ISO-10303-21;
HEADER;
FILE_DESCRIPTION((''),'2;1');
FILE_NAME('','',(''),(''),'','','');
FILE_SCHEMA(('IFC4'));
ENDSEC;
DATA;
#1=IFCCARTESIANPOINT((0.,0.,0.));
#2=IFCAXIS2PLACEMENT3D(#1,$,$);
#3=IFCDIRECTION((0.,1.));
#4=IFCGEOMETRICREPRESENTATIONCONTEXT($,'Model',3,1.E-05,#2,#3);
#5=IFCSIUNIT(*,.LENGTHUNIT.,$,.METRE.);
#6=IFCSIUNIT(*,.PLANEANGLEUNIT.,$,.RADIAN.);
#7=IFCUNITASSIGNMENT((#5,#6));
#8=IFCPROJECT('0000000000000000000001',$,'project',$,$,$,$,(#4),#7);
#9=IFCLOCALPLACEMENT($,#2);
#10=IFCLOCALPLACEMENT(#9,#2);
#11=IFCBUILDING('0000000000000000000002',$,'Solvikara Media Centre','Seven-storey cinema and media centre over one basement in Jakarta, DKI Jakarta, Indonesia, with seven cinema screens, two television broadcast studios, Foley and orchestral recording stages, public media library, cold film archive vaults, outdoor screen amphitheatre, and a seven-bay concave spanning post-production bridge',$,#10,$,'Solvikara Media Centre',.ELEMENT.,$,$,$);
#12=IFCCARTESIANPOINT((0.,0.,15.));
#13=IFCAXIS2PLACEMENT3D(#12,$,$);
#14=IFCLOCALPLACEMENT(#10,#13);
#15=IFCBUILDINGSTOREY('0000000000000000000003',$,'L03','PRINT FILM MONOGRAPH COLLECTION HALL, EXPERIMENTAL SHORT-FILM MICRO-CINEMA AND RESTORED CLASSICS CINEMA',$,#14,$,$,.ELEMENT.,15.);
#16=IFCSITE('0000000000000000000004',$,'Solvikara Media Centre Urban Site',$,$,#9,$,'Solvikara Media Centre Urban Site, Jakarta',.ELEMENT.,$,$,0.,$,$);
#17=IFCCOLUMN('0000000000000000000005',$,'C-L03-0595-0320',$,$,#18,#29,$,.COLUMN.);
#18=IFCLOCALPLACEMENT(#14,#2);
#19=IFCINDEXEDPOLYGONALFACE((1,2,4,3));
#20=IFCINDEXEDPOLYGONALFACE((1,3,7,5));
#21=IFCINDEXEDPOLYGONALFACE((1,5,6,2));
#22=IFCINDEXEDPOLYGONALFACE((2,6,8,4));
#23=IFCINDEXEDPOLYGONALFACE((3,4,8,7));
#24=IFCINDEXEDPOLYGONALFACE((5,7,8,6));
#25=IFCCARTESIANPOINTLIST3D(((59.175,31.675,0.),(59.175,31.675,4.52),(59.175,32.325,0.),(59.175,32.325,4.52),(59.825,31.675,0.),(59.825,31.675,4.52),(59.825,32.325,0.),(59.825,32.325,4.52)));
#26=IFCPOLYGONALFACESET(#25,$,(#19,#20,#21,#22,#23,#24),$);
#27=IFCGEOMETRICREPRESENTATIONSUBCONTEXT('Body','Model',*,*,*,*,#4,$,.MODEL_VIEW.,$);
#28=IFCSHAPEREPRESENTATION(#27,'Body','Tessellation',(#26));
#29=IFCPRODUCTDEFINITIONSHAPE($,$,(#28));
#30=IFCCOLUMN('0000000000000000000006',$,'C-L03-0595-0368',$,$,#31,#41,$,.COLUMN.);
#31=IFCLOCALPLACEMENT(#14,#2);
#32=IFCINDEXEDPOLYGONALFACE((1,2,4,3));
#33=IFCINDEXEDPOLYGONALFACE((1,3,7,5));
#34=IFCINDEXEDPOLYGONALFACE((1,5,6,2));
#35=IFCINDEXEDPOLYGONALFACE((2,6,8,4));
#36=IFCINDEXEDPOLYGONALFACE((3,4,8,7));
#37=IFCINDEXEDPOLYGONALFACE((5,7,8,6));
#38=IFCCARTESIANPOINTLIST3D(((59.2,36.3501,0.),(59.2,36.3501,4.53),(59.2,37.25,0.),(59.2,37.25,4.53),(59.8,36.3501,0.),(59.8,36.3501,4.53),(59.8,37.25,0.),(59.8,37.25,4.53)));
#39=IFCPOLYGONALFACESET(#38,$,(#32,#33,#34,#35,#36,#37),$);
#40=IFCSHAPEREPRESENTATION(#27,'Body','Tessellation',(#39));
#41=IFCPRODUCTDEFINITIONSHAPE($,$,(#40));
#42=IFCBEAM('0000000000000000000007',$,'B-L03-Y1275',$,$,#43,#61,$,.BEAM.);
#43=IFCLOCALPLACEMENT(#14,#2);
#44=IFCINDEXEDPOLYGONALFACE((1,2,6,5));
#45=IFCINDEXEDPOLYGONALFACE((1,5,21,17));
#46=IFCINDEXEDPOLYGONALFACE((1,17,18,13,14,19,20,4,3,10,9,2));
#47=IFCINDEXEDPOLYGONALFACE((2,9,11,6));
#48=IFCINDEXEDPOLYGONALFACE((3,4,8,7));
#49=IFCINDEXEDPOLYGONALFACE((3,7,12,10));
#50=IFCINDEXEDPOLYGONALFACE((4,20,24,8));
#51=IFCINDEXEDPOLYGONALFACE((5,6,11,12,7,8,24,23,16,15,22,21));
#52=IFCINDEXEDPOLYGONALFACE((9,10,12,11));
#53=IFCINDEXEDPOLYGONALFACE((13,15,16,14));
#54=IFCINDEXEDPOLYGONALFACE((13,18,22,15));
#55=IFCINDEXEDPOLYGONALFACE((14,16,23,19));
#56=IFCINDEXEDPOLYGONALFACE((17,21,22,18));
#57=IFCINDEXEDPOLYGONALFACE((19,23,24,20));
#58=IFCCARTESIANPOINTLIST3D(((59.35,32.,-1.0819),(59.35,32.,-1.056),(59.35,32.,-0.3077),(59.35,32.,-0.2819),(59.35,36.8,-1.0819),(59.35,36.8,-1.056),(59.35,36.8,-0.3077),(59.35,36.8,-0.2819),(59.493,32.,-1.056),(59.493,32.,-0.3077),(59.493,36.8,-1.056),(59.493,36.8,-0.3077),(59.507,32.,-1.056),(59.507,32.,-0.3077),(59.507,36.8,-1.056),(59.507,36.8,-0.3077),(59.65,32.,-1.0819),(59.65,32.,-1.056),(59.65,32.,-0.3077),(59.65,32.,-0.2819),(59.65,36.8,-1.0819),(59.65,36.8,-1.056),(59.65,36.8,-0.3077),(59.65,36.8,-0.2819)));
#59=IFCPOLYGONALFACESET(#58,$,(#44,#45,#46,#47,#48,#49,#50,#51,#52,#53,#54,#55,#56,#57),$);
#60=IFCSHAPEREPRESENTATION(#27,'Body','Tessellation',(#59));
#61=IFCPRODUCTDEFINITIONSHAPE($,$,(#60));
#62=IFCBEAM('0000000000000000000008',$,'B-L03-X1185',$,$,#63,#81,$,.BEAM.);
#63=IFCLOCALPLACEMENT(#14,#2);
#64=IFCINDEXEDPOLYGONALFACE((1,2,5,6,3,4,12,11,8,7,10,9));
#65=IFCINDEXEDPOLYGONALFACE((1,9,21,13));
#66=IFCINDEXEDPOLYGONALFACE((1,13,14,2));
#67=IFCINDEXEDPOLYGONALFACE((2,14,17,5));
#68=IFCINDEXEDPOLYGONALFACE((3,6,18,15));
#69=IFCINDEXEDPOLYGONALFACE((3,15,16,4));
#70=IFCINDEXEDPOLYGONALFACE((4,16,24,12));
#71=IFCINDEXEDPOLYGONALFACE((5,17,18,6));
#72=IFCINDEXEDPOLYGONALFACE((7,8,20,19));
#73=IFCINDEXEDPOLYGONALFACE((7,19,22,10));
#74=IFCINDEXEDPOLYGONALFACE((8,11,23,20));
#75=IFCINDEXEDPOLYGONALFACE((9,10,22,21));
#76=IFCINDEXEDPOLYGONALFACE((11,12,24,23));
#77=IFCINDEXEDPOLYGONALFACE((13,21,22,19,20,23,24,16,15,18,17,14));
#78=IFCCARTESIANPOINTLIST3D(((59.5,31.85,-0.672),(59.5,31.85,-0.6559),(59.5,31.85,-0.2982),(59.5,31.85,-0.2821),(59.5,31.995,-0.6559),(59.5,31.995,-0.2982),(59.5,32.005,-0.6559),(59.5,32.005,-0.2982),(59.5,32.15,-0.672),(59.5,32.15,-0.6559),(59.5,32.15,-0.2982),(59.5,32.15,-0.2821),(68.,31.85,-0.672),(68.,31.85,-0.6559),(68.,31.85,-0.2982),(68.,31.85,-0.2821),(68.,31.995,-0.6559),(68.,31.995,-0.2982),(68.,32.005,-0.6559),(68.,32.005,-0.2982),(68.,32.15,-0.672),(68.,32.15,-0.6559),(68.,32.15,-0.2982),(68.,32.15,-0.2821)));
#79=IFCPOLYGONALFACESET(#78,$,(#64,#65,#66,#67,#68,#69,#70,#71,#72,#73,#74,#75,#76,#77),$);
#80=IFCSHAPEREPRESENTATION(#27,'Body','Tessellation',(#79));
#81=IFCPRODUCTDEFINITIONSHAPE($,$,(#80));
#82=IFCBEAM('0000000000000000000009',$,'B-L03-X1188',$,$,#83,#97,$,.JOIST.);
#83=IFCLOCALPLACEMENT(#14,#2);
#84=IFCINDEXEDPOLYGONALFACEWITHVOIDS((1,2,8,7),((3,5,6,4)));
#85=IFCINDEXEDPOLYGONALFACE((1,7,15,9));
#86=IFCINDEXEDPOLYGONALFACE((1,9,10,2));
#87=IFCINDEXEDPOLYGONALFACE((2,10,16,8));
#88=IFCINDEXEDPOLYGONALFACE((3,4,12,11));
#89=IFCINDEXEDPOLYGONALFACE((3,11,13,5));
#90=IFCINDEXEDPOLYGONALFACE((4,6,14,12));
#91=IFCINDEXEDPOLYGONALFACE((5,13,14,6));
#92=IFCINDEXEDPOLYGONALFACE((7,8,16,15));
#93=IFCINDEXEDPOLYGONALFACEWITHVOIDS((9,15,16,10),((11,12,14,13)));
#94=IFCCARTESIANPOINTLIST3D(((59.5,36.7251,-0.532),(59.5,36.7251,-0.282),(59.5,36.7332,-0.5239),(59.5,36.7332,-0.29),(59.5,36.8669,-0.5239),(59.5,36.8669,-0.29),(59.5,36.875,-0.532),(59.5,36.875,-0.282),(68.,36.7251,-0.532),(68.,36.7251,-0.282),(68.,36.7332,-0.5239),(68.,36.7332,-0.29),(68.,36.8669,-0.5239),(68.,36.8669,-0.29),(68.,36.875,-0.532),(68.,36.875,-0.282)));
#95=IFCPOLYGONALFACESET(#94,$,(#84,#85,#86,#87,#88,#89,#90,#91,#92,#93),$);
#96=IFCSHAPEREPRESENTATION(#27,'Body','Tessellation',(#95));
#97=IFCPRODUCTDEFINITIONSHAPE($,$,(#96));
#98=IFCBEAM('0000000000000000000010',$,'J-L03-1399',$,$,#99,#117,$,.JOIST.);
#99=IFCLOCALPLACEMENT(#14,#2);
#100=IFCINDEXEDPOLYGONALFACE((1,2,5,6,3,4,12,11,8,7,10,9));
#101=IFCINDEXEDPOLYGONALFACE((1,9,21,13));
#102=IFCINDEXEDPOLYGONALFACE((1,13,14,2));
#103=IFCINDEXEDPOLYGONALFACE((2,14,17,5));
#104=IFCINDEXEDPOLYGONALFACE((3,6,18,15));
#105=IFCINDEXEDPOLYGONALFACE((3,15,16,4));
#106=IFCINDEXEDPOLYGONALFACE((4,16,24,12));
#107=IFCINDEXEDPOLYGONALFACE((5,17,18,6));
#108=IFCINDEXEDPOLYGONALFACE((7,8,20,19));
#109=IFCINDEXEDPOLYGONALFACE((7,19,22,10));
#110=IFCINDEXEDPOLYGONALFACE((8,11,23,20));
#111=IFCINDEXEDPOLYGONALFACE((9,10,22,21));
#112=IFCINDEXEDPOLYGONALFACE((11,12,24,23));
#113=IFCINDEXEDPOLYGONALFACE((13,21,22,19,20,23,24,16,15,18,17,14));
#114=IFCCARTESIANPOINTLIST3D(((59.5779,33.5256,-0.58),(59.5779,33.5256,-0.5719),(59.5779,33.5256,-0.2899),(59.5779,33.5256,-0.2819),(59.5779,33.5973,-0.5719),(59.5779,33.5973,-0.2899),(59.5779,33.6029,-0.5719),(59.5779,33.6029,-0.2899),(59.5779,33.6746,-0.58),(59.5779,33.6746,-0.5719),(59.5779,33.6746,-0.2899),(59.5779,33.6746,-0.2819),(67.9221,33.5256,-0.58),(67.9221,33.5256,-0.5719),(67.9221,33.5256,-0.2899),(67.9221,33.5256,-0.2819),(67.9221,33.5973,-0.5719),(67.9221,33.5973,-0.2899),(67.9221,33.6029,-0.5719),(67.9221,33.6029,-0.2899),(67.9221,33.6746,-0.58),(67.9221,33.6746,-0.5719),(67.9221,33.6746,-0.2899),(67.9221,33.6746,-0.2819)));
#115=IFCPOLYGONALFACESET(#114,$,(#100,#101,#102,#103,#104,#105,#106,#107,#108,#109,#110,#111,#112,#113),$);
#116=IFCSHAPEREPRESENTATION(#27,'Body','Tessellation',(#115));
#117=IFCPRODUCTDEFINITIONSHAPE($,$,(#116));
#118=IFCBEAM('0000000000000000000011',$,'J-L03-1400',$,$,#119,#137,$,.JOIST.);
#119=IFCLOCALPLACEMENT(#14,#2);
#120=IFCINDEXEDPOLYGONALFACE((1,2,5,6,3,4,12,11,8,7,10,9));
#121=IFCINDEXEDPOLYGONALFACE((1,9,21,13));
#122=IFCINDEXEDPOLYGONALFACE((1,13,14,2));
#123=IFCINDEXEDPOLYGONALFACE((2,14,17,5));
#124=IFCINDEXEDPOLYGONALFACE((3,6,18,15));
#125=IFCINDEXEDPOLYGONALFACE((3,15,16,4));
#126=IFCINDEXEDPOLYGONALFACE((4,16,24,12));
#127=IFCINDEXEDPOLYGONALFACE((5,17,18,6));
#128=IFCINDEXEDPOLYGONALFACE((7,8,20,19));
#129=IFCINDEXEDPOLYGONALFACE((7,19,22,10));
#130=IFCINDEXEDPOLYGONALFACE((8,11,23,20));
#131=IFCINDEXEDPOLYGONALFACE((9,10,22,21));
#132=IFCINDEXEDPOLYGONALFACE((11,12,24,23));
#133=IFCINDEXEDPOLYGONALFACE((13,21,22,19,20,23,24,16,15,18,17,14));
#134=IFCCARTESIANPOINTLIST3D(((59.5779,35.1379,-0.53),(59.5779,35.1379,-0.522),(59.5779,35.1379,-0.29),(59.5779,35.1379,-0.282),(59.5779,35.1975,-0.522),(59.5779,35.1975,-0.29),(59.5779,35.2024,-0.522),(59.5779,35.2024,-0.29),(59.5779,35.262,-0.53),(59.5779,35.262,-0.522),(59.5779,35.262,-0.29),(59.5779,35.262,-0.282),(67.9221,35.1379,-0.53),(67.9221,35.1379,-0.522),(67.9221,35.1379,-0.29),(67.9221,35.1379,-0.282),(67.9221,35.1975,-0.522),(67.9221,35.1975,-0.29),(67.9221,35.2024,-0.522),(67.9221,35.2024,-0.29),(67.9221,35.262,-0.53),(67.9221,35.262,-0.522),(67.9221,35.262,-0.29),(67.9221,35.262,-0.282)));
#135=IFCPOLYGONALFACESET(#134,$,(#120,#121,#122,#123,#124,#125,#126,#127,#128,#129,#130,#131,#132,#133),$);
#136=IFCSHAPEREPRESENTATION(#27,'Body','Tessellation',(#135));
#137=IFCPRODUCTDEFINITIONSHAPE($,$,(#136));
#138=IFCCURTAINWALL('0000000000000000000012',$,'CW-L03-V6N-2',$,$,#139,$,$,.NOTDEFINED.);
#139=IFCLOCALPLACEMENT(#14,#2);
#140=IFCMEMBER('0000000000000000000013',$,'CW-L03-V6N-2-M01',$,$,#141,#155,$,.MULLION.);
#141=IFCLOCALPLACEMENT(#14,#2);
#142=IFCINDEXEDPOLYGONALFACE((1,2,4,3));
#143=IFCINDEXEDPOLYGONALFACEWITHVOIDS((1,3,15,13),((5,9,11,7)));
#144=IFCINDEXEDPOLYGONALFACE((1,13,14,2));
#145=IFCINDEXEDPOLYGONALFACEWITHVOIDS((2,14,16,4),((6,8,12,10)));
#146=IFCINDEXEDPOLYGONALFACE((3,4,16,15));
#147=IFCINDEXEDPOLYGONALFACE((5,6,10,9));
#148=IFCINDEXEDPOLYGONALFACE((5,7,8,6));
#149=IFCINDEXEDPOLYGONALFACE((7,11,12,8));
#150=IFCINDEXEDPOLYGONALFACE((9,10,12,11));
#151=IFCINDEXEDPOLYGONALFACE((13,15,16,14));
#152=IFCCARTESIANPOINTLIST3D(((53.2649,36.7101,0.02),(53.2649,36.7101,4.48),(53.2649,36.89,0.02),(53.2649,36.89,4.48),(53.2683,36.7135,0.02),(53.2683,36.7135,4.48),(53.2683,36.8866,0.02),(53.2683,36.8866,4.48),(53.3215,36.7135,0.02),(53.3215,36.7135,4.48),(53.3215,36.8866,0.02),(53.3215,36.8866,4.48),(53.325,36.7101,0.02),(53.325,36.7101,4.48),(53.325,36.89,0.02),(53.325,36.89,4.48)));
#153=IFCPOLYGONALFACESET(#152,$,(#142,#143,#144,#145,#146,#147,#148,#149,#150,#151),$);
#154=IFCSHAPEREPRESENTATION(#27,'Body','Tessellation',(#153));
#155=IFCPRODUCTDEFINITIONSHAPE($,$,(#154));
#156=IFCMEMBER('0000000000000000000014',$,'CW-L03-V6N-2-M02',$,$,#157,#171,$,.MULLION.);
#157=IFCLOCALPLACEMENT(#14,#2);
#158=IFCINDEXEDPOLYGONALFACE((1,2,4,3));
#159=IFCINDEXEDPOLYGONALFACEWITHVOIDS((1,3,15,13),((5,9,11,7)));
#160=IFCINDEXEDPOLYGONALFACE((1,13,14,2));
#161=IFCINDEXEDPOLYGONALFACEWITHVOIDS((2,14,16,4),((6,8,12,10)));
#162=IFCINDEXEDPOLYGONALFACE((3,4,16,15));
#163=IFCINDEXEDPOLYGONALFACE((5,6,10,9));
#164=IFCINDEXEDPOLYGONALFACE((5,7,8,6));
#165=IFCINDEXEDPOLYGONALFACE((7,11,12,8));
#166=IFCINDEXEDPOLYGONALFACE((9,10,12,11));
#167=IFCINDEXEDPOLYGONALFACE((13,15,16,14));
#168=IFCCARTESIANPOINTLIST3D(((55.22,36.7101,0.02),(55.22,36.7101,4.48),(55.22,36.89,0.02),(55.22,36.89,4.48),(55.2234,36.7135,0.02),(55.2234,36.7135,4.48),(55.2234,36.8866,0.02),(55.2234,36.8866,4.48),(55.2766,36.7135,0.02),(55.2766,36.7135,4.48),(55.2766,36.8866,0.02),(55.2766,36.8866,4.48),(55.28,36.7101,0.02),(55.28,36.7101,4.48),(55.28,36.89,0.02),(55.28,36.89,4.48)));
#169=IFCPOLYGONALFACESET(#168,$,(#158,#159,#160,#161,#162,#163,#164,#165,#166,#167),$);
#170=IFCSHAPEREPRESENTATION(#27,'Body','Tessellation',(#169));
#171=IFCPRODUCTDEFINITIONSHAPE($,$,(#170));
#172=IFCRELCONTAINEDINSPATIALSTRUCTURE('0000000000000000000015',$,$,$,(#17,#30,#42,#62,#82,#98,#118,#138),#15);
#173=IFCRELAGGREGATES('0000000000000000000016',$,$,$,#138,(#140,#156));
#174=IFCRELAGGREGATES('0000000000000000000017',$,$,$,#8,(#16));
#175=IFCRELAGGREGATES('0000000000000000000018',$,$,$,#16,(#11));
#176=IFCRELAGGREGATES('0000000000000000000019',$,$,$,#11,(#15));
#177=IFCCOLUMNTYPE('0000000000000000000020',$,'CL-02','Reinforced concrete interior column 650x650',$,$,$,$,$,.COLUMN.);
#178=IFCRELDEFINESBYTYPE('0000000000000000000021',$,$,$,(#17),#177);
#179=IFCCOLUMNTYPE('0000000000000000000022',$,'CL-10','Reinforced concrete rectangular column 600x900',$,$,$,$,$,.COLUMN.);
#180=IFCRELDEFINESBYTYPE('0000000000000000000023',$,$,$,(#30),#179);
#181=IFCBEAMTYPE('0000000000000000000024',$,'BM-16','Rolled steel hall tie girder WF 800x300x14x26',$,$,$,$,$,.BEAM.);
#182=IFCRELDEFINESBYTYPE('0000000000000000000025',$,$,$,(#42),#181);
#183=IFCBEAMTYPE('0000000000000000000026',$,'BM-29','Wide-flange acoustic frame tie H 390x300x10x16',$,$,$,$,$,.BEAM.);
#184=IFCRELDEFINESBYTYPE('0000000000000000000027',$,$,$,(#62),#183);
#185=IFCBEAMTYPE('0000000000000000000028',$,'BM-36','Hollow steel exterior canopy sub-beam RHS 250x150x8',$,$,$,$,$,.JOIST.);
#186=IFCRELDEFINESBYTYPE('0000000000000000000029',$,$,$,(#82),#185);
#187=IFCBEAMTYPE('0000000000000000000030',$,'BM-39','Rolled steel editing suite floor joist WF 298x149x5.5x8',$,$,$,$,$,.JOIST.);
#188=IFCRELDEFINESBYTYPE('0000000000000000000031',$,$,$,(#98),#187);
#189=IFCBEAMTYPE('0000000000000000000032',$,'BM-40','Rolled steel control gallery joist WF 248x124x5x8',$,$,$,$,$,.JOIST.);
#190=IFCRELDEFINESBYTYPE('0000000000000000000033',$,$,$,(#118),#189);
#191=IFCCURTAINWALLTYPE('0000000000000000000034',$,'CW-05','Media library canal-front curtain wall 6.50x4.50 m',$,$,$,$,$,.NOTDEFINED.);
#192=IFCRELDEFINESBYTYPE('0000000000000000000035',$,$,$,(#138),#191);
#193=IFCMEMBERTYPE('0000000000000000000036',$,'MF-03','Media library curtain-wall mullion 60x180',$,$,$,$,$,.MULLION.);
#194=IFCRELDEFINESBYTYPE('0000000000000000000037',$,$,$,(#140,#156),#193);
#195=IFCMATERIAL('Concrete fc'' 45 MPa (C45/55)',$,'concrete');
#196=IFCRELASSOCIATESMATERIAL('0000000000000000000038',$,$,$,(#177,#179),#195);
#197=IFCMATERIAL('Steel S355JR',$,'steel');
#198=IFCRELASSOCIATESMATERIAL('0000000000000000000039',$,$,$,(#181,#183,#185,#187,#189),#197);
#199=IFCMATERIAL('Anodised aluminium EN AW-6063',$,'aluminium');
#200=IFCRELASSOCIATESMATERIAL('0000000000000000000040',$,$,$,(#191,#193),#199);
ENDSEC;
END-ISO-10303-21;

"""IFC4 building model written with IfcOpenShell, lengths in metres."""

from ifc_helpers import new_model, si_unit, direction, frame, origin, origin_2d, place, context, subcontext, project, spatial, rectangle, hollow_rectangle, i_section, extrude, material, material_profile, profile_set, type_object, element, aggregate, save


model = new_model("IFC4")

# Units and contexts
model_context = context("Model", 3, precision=1e-05, world=origin(), true_north=direction((0.0, 1.0)))
body_context = subcontext(model_context, "Body", "Model", "MODEL_VIEW")
ifc_project = project(units=[si_unit("LENGTHUNIT", "METRE"), si_unit("PLANEANGLEUNIT", "RADIAN")], contexts=[model_context])

# Site, building, storey
site_placement = place(None, origin())
site = spatial("IfcSite", under=ifc_project, at=site_placement, Name="Solvikara Media Centre Urban Site", LongName="Solvikara Media Centre Urban Site, Jakarta", CompositionType="ELEMENT", RefElevation=0.0)
building_placement = place(site_placement, origin())
building = spatial("IfcBuilding", under=site, at=building_placement, Name="Solvikara Media Centre", Description="Seven-storey cinema and media centre over one basement in Jakarta, DKI Jakarta, Indonesia, with seven cinema screens, two television broadcast studios, Foley and orchestral recording stages, public media library, cold film archive vaults, outdoor screen amphitheatre, and a seven-bay concave spanning post-production bridge", LongName="Solvikara Media Centre", CompositionType="ELEMENT")
storey_placement = place(building_placement, frame((0.0, 0.0, 15.0)))
storey = spatial("IfcBuildingStorey", under=building, at=storey_placement, Name="L03", Description="PRINT FILM MONOGRAPH COLLECTION HALL, EXPERIMENTAL SHORT-FILM MICRO-CINEMA AND RESTORED CLASSICS CINEMA", CompositionType="ELEMENT", Elevation=15.0)

# Columns
ifc_material_1 = material(Name="Concrete fc' 45 MPa (C45/55)", Category="concrete")
ifc_material_profile_1 = material_profile(ifc_material_1, rectangle(XDim=0.6499, YDim=0.6499, at=origin_2d()), Name="RC 650x650")
ifc_profile_set_1 = profile_set([ifc_material_profile_1], Name="Concrete fc' 45 MPa (C45/55)")
column_type_1 = type_object("IfcColumnType", Name="CL-02", Description="Reinforced concrete interior column 650x650", PredefinedType="COLUMN", material=ifc_profile_set_1)
column_1_placement = place(storey_placement, frame((59.5, 32.0, 0.0), z_axis=(0.0, 0.0, 1.0), x_axis=(1.0, 0.0, 0.0)))
element("IfcColumn", 1, at=column_1_placement, inside=storey, type_object=column_type_1, Name="C-L03-0595-0320", PredefinedType="COLUMN", context=body_context, shape_type="SweptSolid", body=[
    extrude(rectangle(XDim=0.6499, YDim=0.6499, at=origin_2d()), origin(), (0.0, 0.0, 1.0), 4.52),
])
ifc_material_profile_2 = material_profile(ifc_material_1, rectangle(XDim=0.6001, YDim=0.8999, at=origin_2d()), Name="RC 600x900")
ifc_profile_set_2 = profile_set([ifc_material_profile_2], Name="Concrete fc' 45 MPa (C45/55)")
column_type_2 = type_object("IfcColumnType", Name="CL-10", Description="Reinforced concrete rectangular column 600x900", PredefinedType="COLUMN", material=ifc_profile_set_2)
column_2_placement = place(storey_placement, frame((59.5, 36.8, 0.0), z_axis=(0.0, 0.0, 1.0), x_axis=(1.0, 0.0, 0.0)))
element("IfcColumn", 2, at=column_2_placement, inside=storey, type_object=column_type_2, Name="C-L03-0595-0368", PredefinedType="COLUMN", context=body_context, shape_type="SweptSolid", body=[
    extrude(rectangle(XDim=0.6001, YDim=0.8999, at=origin_2d()), origin(), (0.0, 0.0, 1.0), 4.53),
])

# Beams
ifc_material_2 = material(Name="Steel S355JR", Category="steel")
ifc_material_profile_3 = material_profile(ifc_material_2, i_section(OverallWidth=0.3, OverallDepth=0.8, WebThickness=0.0139, FlangeThickness=0.0259, at=origin_2d()), Name="WF 800x300x14x26")
ifc_profile_set_3 = profile_set([ifc_material_profile_3], Name="Steel S355JR")
beam_type_1 = type_object("IfcBeamType", Name="BM-16", Description="Rolled steel hall tie girder WF 800x300x14x26", PredefinedType="BEAM", material=ifc_profile_set_3)
beam_1_placement = place(storey_placement, frame((59.5, 32.0, -0.6819), z_axis=(0.0, 1.0, 0.0), x_axis=(-1.0, 0.0, 0.0)))
element("IfcBeam", 3, at=beam_1_placement, inside=storey, type_object=beam_type_1, Name="B-L03-Y1275", PredefinedType="BEAM", context=body_context, shape_type="SweptSolid", body=[
    extrude(i_section(OverallWidth=0.3, OverallDepth=0.8, WebThickness=0.0139, FlangeThickness=0.0259, at=origin_2d()), origin(), (0.0, 0.0, 1.0), 4.8),
])
ifc_material_profile_4 = material_profile(ifc_material_2, i_section(OverallWidth=0.3, OverallDepth=0.3899, WebThickness=0.01, FlangeThickness=0.0161, at=origin_2d()), Name="H 390x300x10x16")
ifc_profile_set_4 = profile_set([ifc_material_profile_4], Name="Steel S355JR")
beam_type_2 = type_object("IfcBeamType", Name="BM-29", Description="Wide-flange acoustic frame tie H 390x300x10x16", PredefinedType="BEAM", material=ifc_profile_set_4)
beam_2_placement = place(storey_placement, frame((59.5, 32.0, -0.4771), z_axis=(1.0, 0.0, 0.0), x_axis=(0.0, 1.0, 0.0)))
element("IfcBeam", 4, at=beam_2_placement, inside=storey, type_object=beam_type_2, Name="B-L03-X1185", PredefinedType="BEAM", context=body_context, shape_type="SweptSolid", body=[
    extrude(i_section(OverallWidth=0.3, OverallDepth=0.3899, WebThickness=0.01, FlangeThickness=0.0161, at=origin_2d()), origin(), (0.0, 0.0, 1.0), 8.5),
])
ifc_material_profile_5 = material_profile(ifc_material_2, hollow_rectangle(XDim=0.1499, YDim=0.25, WallThickness=0.0081, at=origin_2d()), Name="RHS 250x150x8")
ifc_profile_set_5 = profile_set([ifc_material_profile_5], Name="Steel S355JR")
beam_type_3 = type_object("IfcBeamType", Name="BM-36", Description="Hollow steel exterior canopy sub-beam RHS 250x150x8", PredefinedType="JOIST", material=ifc_profile_set_5)
beam_3_placement = place(storey_placement, frame((59.5, 36.8, -0.407), z_axis=(1.0, 0.0, 0.0), x_axis=(0.0, 1.0, 0.0)))
element("IfcBeam", 5, at=beam_3_placement, inside=storey, type_object=beam_type_3, Name="B-L03-X1188", PredefinedType="JOIST", context=body_context, shape_type="SweptSolid", body=[
    extrude(hollow_rectangle(XDim=0.1499, YDim=0.25, WallThickness=0.0081, at=origin_2d()), origin(), (0.0, 0.0, 1.0), 8.5),
])
ifc_material_profile_6 = material_profile(ifc_material_2, i_section(OverallWidth=0.1489, OverallDepth=0.2981, WebThickness=0.0056, FlangeThickness=0.0081, at=origin_2d()), Name="WF 298x149x5.5x8")
ifc_profile_set_6 = profile_set([ifc_material_profile_6], Name="Steel S355JR")
beam_type_4 = type_object("IfcBeamType", Name="BM-39", Description="Rolled steel editing suite floor joist WF 298x149x5.5x8", PredefinedType="JOIST", material=ifc_profile_set_6)
beam_4_placement = place(storey_placement, frame((59.5779, 33.6001, -0.4309), z_axis=(1.0, 0.0, 0.0), x_axis=(0.0, 1.0, 0.0)))
element("IfcBeam", 6, at=beam_4_placement, inside=storey, type_object=beam_type_4, Name="J-L03-1399", PredefinedType="JOIST", context=body_context, shape_type="SweptSolid", body=[
    extrude(i_section(OverallWidth=0.1489, OverallDepth=0.2981, WebThickness=0.0056, FlangeThickness=0.0081, at=origin_2d()), origin(), (0.0, 0.0, 1.0), 8.3442),
])
ifc_material_profile_7 = material_profile(ifc_material_2, i_section(OverallWidth=0.124, OverallDepth=0.248, WebThickness=0.0049, FlangeThickness=0.0081, at=origin_2d()), Name="WF 248x124x5x8")
ifc_profile_set_7 = profile_set([ifc_material_profile_7], Name="Steel S355JR")
beam_type_5 = type_object("IfcBeamType", Name="BM-40", Description="Rolled steel control gallery joist WF 248x124x5x8", PredefinedType="JOIST", material=ifc_profile_set_7)
beam_5_placement = place(storey_placement, frame((59.5779, 35.2, -0.406), z_axis=(1.0, 0.0, 0.0), x_axis=(0.0, 1.0, 0.0)))
element("IfcBeam", 7, at=beam_5_placement, inside=storey, type_object=beam_type_5, Name="J-L03-1400", PredefinedType="JOIST", context=body_context, shape_type="SweptSolid", body=[
    extrude(i_section(OverallWidth=0.124, OverallDepth=0.248, WebThickness=0.0049, FlangeThickness=0.0081, at=origin_2d()), origin(), (0.0, 0.0, 1.0), 8.3442),
])

# Curtain wall, members
ifc_material_3 = material(Name="Anodised aluminium EN AW-6063", Category="aluminium")
curtain_wall_type = type_object("IfcCurtainWallType", Name="CW-05", Description="Media library canal-front curtain wall 6.50x4.50 m", PredefinedType="NOTDEFINED", material=ifc_material_3)
curtain_wall_1_placement = place(storey_placement, origin())
curtain_wall_1 = element("IfcCurtainWall", 8, at=curtain_wall_1_placement, inside=storey, type_object=curtain_wall_type, Name="CW-L03-V6N-2", PredefinedType="NOTDEFINED")
ifc_material_profile_8 = material_profile(ifc_material_3, hollow_rectangle(XDim=0.0601, YDim=0.1799, WallThickness=0.0034, at=origin_2d()), Name="ALU-M 60x180x3.5")
ifc_profile_set_8 = profile_set([ifc_material_profile_8], Name="Anodised aluminium EN AW-6063")
member_type_1 = type_object("IfcMemberType", Name="MF-03", Description="Media library curtain-wall mullion 60x180", PredefinedType="MULLION", material=ifc_profile_set_8)
member_1_placement = place(storey_placement, frame((53.2949, 36.8, 0.02), z_axis=(0.0, 0.0, 1.0), x_axis=(1.0, 0.0, 0.0)))
member_1 = element("IfcMember", 9, at=member_1_placement, type_object=member_type_1, Name="CW-L03-V6N-2-M01", PredefinedType="MULLION", context=body_context, shape_type="SweptSolid", body=[
    extrude(hollow_rectangle(XDim=0.0601, YDim=0.1799, WallThickness=0.0034, at=origin_2d()), origin(), (0.0, 0.0, 1.0), 4.46),
])
member_2_placement = place(storey_placement, frame((55.25, 36.8, 0.02), z_axis=(0.0, 0.0, 1.0), x_axis=(1.0, 0.0, 0.0)))
member_2 = element("IfcMember", 10, at=member_2_placement, type_object=member_type_1, Name="CW-L03-V6N-2-M02", PredefinedType="MULLION", context=body_context, shape_type="SweptSolid", body=[
    extrude(hollow_rectangle(XDim=0.0601, YDim=0.1799, WallThickness=0.0034, at=origin_2d()), origin(), (0.0, 0.0, 1.0), 4.46),
])

aggregate(curtain_wall_1, [member_1, member_2])

save(model, "model.ifc")
